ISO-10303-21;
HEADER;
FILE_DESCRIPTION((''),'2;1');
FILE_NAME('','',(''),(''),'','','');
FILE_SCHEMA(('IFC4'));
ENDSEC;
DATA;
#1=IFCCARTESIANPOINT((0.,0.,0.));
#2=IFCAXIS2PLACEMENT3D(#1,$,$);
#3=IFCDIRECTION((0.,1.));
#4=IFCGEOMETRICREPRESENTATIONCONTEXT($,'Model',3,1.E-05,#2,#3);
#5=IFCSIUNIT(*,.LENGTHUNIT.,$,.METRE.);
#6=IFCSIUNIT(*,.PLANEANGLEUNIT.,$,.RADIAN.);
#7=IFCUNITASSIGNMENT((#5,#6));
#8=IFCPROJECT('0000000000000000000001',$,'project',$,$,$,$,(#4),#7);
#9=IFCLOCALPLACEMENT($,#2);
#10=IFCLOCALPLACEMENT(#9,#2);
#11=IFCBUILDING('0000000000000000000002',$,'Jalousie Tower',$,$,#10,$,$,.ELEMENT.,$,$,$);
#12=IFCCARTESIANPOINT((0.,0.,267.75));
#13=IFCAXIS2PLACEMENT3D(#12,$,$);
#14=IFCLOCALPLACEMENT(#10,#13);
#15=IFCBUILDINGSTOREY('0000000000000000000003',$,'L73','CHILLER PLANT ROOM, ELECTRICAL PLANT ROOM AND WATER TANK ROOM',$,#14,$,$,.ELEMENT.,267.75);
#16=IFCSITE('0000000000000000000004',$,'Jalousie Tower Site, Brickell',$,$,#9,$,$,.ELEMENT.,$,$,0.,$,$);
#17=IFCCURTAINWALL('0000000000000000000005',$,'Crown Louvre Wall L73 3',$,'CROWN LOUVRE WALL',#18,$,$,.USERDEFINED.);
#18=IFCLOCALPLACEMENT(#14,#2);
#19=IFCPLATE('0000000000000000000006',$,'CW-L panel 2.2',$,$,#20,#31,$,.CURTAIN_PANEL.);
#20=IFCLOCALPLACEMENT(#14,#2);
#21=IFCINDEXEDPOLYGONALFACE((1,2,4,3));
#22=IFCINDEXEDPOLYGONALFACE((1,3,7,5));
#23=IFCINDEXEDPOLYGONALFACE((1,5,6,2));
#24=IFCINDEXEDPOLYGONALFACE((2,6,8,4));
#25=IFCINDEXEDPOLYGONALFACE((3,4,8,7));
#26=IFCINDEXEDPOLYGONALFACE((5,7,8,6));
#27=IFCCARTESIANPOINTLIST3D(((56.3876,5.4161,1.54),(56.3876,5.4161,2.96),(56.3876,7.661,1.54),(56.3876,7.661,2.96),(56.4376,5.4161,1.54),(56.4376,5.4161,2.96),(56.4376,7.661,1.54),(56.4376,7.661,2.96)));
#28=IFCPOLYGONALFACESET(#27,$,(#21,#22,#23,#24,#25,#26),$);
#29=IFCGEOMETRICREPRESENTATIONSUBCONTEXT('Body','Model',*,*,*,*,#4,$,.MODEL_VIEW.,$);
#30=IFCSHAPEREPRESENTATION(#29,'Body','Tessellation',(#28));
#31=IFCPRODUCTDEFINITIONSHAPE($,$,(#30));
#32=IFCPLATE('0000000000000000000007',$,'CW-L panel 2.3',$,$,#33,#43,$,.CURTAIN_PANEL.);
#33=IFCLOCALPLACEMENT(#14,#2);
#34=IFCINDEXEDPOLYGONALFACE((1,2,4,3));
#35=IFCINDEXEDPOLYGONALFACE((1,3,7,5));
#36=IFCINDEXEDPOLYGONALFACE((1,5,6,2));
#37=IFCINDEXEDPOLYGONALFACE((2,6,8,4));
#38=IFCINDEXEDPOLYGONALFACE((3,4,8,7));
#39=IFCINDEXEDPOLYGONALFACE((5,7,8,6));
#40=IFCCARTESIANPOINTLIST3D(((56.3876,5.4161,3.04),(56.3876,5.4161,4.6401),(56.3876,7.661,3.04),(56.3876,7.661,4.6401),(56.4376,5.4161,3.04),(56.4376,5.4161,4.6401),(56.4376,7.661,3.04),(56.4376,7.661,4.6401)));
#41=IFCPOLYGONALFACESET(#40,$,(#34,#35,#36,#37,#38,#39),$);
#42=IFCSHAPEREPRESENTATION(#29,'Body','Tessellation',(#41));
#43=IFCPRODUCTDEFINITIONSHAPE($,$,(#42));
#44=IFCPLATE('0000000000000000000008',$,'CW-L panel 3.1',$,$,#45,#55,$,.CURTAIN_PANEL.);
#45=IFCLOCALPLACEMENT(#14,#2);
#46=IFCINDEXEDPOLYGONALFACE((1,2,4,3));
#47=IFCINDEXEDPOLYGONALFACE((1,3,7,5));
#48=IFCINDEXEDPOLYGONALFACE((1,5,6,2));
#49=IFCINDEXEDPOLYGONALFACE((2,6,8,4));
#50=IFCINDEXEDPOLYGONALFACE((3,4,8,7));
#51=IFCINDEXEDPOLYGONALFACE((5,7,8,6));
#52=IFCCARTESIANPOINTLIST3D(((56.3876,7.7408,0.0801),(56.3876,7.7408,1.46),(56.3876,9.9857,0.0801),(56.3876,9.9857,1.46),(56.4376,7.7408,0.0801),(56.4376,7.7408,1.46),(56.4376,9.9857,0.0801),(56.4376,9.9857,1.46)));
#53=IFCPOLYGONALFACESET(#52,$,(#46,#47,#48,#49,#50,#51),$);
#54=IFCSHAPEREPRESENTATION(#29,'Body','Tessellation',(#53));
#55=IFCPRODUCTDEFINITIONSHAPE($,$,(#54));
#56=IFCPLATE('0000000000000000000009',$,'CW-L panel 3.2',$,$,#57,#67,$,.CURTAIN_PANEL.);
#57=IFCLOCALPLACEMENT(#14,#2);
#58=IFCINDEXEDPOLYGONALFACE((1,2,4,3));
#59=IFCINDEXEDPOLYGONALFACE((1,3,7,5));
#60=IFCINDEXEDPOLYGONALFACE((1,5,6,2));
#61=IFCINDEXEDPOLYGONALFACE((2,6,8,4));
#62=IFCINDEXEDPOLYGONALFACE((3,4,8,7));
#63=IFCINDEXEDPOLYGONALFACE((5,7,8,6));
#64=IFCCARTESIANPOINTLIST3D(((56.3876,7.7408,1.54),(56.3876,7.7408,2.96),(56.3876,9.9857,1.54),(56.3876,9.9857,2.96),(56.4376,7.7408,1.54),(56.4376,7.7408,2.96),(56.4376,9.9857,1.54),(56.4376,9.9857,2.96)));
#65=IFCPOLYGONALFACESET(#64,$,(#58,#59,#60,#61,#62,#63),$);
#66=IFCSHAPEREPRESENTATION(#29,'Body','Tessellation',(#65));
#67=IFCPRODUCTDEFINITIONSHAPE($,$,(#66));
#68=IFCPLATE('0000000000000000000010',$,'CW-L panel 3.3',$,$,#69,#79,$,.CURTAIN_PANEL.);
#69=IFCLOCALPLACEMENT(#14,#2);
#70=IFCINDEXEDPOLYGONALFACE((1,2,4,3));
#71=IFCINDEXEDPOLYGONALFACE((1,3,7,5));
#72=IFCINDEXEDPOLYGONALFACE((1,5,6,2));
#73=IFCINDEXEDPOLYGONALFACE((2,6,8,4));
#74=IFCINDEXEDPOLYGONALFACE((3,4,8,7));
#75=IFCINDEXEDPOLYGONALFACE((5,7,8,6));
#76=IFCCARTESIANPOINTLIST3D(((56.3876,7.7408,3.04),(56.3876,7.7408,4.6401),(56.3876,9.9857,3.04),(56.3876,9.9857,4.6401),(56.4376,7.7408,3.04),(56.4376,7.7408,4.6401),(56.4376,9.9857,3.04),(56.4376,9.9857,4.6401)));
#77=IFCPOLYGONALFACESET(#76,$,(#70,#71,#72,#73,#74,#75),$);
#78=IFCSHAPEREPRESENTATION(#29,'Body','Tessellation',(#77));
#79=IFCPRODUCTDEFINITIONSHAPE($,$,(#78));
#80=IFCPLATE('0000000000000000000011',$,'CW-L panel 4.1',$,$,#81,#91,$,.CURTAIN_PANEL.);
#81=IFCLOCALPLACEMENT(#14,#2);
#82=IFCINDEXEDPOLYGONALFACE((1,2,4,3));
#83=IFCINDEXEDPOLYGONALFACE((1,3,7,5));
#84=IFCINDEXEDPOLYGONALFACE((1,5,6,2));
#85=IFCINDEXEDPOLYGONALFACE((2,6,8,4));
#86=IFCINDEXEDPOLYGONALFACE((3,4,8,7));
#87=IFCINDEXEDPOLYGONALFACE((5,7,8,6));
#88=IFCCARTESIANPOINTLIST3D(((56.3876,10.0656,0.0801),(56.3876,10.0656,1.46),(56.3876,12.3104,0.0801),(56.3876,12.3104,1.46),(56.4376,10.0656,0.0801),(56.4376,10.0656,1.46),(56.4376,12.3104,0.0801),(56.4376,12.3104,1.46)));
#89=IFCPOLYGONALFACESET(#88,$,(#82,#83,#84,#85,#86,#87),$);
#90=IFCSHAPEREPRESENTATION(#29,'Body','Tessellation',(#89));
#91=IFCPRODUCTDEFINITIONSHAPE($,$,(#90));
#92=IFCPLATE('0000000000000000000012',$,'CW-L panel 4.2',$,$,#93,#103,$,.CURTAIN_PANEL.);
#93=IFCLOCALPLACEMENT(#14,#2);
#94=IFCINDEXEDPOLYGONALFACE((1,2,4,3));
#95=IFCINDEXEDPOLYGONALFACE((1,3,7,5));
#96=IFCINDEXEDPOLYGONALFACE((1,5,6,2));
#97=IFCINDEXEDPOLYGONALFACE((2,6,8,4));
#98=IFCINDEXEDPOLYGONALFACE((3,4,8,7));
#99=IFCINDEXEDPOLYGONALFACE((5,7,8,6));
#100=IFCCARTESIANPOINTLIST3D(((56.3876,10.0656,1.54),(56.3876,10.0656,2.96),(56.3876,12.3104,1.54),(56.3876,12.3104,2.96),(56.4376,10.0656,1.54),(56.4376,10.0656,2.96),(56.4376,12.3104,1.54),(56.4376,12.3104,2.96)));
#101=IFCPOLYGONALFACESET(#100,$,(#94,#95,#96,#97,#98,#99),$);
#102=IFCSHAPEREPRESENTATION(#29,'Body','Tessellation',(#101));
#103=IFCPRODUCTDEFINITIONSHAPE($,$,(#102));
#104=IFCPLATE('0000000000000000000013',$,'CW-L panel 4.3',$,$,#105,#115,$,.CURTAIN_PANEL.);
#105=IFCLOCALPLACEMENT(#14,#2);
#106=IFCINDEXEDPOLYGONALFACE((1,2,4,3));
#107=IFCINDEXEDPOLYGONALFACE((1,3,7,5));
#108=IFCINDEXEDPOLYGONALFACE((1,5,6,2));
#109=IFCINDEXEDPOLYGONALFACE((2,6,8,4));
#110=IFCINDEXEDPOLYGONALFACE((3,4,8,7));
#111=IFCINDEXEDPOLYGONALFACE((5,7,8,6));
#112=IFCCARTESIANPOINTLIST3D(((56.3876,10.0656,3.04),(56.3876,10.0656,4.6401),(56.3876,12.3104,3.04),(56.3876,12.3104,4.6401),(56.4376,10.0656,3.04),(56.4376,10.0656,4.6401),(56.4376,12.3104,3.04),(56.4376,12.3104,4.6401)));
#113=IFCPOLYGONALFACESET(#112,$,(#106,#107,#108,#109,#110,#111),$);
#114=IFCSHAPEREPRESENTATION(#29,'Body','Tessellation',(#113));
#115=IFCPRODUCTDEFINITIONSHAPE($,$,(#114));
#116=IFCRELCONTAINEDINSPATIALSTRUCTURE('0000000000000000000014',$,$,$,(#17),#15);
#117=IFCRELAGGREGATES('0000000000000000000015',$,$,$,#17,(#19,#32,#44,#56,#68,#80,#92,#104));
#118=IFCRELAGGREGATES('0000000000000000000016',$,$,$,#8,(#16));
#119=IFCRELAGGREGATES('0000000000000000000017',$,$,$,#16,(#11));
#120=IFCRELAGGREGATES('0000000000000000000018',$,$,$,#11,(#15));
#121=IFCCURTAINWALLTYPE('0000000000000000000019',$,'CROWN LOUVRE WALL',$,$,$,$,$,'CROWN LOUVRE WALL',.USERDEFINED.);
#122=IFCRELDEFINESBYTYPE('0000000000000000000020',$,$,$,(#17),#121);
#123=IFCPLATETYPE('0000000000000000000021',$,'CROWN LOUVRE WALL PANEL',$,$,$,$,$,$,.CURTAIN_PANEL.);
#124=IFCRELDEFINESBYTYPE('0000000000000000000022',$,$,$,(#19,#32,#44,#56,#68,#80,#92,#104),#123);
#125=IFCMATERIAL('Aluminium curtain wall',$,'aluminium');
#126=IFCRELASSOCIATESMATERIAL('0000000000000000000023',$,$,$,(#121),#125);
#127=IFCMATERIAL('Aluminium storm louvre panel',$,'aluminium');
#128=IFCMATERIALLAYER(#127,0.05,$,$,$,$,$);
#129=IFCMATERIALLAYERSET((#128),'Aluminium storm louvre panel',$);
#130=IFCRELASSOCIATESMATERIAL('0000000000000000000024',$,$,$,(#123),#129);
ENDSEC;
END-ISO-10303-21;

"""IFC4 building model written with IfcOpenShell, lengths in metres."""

from ifc_helpers import new_model, si_unit, direction, frame, origin, origin_2d, place, context, subcontext, project, spatial, rectangle, extrude, material, layer, layer_set, type_object, element, aggregate, save


model = new_model("IFC4")

# Units and contexts
model_context = context("Model", 3, precision=1e-05, world=origin(), true_north=direction((0.0, 1.0)))
body_context = subcontext(model_context, "Body", "Model", "MODEL_VIEW")
ifc_project = project(units=[si_unit("LENGTHUNIT", "METRE"), si_unit("PLANEANGLEUNIT", "RADIAN")], contexts=[model_context])

# Site, building, storey
site_placement = place(None, origin())
site = spatial("IfcSite", under=ifc_project, at=site_placement, Name="Jalousie Tower Site, Brickell", CompositionType="ELEMENT", RefElevation=0.0)
building_placement = place(site_placement, origin())
building = spatial("IfcBuilding", under=site, at=building_placement, Name="Jalousie Tower", CompositionType="ELEMENT")
storey_placement = place(building_placement, frame((0.0, 0.0, 267.75)))
storey = spatial("IfcBuildingStorey", under=building, at=storey_placement, Name="L73", Description="CHILLER PLANT ROOM, ELECTRICAL PLANT ROOM AND WATER TANK ROOM", CompositionType="ELEMENT", Elevation=267.75)

# Curtain wall, plates
ifc_material_1 = material(Name="Aluminium curtain wall", Category="aluminium")
curtain_wall_type = type_object("IfcCurtainWallType", Name="CROWN LOUVRE WALL", ElementType="CROWN LOUVRE WALL", PredefinedType="USERDEFINED", material=ifc_material_1)
curtain_wall_placement = place(storey_placement, origin())
curtain_wall = element("IfcCurtainWall", 1, at=curtain_wall_placement, inside=storey, type_object=curtain_wall_type, Name="Crown Louvre Wall L73 3", ObjectType="CROWN LOUVRE WALL", PredefinedType="USERDEFINED")
ifc_material_2 = material(Name="Aluminium storm louvre panel", Category="aluminium")
ifc_layer = layer(ifc_material_2, 0.05)
ifc_layer_set = layer_set([ifc_layer], Name="Aluminium storm louvre panel")
plate_type = type_object("IfcPlateType", Name="CROWN LOUVRE WALL PANEL", PredefinedType="CURTAIN_PANEL", material=ifc_layer_set)
plate_1_placement = place(storey_placement, frame((56.4126, 6.5386, 1.54), z_axis=(0.0, 0.0, 1.0), x_axis=(0.0, 1.0, 0.0)))
plate_1 = element("IfcPlate", 2, at=plate_1_placement, type_object=plate_type, Name="CW-L panel 2.2", PredefinedType="CURTAIN_PANEL", context=body_context, shape_type="SweptSolid", body=[
    extrude(rectangle(XDim=2.2449, YDim=0.05, at=origin_2d()), origin(), (0.0, 0.0, 1.0), 1.4199),
])
plate_2_placement = place(storey_placement, frame((56.4126, 6.5386, 3.04), z_axis=(0.0, 0.0, 1.0), x_axis=(0.0, 1.0, 0.0)))
plate_2 = element("IfcPlate", 3, at=plate_2_placement, type_object=plate_type, Name="CW-L panel 2.3", PredefinedType="CURTAIN_PANEL", context=body_context, shape_type="SweptSolid", body=[
    extrude(rectangle(XDim=2.2449, YDim=0.05, at=origin_2d()), origin(), (0.0, 0.0, 1.0), 1.6001),
])
plate_3_placement = place(storey_placement, frame((56.4126, 8.8633, 0.0801), z_axis=(0.0, 0.0, 1.0), x_axis=(0.0, 1.0, 0.0)))
plate_3 = element("IfcPlate", 4, at=plate_3_placement, type_object=plate_type, Name="CW-L panel 3.1", PredefinedType="CURTAIN_PANEL", context=body_context, shape_type="SweptSolid", body=[
    extrude(rectangle(XDim=2.2449, YDim=0.05, at=origin_2d()), origin(), (0.0, 0.0, 1.0), 1.3799),
])
plate_4_placement = place(storey_placement, frame((56.4126, 8.8633, 1.54), z_axis=(0.0, 0.0, 1.0), x_axis=(0.0, 1.0, 0.0)))
plate_4 = element("IfcPlate", 5, at=plate_4_placement, type_object=plate_type, Name="CW-L panel 3.2", PredefinedType="CURTAIN_PANEL", context=body_context, shape_type="SweptSolid", body=[
    extrude(rectangle(XDim=2.2449, YDim=0.05, at=origin_2d()), origin(), (0.0, 0.0, 1.0), 1.4199),
])
plate_5_placement = place(storey_placement, frame((56.4126, 8.8633, 3.04), z_axis=(0.0, 0.0, 1.0), x_axis=(0.0, 1.0, 0.0)))
plate_5 = element("IfcPlate", 6, at=plate_5_placement, type_object=plate_type, Name="CW-L panel 3.3", PredefinedType="CURTAIN_PANEL", context=body_context, shape_type="SweptSolid", body=[
    extrude(rectangle(XDim=2.2449, YDim=0.05, at=origin_2d()), origin(), (0.0, 0.0, 1.0), 1.6001),
])
plate_6_placement = place(storey_placement, frame((56.4126, 11.188, 0.0801), z_axis=(0.0, 0.0, 1.0), x_axis=(0.0, 1.0, 0.0)))
plate_6 = element("IfcPlate", 7, at=plate_6_placement, type_object=plate_type, Name="CW-L panel 4.1", PredefinedType="CURTAIN_PANEL", context=body_context, shape_type="SweptSolid", body=[
    extrude(rectangle(XDim=2.2449, YDim=0.05, at=origin_2d()), origin(), (0.0, 0.0, 1.0), 1.3799),
])
plate_7_placement = place(storey_placement, frame((56.4126, 11.188, 1.54), z_axis=(0.0, 0.0, 1.0), x_axis=(0.0, 1.0, 0.0)))
plate_7 = element("IfcPlate", 8, at=plate_7_placement, type_object=plate_type, Name="CW-L panel 4.2", PredefinedType="CURTAIN_PANEL", context=body_context, shape_type="SweptSolid", body=[
    extrude(rectangle(XDim=2.2449, YDim=0.05, at=origin_2d()), origin(), (0.0, 0.0, 1.0), 1.4199),
])
plate_8_placement = place(storey_placement, frame((56.4126, 11.188, 3.04), z_axis=(0.0, 0.0, 1.0), x_axis=(0.0, 1.0, 0.0)))
plate_8 = element("IfcPlate", 9, at=plate_8_placement, type_object=plate_type, Name="CW-L panel 4.3", PredefinedType="CURTAIN_PANEL", context=body_context, shape_type="SweptSolid", body=[
    extrude(rectangle(XDim=2.2449, YDim=0.05, at=origin_2d()), origin(), (0.0, 0.0, 1.0), 1.6001),
])
aggregate(curtain_wall, [plate_1, plate_2, plate_3, plate_4, plate_5, plate_6, plate_7, plate_8])

save(model, "model.ifc")
